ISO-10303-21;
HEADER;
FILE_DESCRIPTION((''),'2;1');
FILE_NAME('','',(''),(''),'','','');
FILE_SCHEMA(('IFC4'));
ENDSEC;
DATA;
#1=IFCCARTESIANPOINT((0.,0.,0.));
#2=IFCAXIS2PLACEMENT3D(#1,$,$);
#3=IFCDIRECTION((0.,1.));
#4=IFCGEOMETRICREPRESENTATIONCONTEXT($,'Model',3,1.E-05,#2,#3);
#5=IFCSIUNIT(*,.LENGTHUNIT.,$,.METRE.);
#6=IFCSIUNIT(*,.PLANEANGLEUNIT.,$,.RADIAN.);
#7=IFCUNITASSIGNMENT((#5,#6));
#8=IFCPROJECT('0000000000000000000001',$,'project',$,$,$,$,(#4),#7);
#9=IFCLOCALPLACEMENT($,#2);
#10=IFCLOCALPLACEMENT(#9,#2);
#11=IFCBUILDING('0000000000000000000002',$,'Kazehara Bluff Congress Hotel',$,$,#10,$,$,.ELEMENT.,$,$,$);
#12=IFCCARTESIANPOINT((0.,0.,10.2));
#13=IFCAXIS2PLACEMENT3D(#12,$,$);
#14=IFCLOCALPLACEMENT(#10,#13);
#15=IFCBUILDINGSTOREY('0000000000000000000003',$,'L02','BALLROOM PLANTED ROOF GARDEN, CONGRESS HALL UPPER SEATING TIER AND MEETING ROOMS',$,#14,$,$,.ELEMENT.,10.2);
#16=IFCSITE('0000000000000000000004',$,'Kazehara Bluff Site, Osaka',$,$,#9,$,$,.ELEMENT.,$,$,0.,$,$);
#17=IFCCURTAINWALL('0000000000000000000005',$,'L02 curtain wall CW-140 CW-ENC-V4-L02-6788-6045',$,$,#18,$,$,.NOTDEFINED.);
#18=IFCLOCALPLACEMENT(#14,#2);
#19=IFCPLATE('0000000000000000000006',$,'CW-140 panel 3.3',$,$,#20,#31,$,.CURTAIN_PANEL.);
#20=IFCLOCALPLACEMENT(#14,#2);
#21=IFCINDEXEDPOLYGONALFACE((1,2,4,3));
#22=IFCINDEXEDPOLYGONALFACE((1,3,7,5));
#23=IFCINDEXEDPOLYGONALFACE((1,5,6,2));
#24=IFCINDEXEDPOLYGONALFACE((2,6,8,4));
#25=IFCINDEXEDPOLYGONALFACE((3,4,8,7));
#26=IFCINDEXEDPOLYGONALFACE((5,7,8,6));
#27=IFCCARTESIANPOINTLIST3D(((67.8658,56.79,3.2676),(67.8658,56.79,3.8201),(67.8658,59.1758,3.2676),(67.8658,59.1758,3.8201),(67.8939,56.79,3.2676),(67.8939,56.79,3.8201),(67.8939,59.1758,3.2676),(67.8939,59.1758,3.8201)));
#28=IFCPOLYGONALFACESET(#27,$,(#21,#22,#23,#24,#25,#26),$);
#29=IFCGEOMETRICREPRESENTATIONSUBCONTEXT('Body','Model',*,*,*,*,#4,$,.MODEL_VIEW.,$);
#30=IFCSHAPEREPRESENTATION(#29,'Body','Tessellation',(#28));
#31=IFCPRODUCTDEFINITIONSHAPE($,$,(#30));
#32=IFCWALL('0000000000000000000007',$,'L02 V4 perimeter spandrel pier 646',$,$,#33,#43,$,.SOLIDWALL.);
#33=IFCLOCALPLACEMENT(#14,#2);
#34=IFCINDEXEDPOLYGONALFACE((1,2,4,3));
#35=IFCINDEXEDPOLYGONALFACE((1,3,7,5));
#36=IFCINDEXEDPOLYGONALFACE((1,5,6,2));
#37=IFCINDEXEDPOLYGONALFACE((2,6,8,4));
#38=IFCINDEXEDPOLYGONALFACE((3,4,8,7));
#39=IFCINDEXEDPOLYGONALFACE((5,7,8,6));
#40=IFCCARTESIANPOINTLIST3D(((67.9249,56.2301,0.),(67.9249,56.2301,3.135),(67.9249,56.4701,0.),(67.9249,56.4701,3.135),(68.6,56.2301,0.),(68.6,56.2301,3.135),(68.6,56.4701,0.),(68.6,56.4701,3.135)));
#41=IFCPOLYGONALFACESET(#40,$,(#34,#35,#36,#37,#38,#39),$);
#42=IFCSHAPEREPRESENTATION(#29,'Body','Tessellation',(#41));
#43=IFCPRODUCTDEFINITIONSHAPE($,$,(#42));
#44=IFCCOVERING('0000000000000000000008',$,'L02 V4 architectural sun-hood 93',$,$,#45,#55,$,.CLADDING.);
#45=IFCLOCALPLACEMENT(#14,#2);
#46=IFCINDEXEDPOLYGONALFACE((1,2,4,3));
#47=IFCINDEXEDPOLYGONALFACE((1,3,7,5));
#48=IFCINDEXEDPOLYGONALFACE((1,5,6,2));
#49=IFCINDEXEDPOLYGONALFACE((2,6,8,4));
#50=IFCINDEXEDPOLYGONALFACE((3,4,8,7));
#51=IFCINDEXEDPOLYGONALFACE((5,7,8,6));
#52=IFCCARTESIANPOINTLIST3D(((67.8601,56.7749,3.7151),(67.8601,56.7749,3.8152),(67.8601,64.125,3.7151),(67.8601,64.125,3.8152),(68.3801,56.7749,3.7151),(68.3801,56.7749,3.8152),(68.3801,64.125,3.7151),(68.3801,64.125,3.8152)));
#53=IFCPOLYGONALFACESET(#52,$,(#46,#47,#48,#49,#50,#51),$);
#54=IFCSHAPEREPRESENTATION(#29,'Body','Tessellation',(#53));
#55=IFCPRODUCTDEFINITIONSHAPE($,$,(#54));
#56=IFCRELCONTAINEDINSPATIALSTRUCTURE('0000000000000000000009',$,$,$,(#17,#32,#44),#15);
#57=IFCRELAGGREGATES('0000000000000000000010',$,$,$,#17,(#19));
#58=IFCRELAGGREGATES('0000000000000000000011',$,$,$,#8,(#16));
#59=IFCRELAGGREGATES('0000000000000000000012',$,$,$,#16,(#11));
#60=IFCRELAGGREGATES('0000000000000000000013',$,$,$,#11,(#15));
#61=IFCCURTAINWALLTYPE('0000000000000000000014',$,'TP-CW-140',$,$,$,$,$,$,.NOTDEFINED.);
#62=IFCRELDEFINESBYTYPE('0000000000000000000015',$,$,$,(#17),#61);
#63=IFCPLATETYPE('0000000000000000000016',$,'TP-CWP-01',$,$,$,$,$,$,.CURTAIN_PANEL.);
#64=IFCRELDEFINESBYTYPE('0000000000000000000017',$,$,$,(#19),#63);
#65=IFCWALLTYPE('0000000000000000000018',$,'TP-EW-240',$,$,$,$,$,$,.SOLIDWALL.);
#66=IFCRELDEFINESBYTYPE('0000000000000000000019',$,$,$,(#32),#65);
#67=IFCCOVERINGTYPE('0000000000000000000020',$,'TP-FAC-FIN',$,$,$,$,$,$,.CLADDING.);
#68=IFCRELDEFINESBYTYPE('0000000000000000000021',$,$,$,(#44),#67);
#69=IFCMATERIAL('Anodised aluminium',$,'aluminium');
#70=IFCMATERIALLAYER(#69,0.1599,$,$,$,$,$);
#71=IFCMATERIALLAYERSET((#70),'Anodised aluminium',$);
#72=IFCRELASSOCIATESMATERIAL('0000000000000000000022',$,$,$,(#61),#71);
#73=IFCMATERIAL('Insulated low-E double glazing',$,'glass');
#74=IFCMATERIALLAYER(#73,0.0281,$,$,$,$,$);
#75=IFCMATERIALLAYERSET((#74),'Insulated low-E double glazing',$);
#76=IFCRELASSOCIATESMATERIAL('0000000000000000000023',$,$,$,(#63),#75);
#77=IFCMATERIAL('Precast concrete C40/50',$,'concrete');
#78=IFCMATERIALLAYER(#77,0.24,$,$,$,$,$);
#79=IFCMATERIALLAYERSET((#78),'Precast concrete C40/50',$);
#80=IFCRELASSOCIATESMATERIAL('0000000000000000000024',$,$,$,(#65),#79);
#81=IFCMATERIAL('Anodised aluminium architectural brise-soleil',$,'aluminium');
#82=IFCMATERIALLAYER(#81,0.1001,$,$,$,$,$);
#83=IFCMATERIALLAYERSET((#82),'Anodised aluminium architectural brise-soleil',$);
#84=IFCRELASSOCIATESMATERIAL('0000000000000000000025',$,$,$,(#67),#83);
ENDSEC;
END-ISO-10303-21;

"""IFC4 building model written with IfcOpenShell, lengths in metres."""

from ifc_helpers import new_model, si_unit, direction, frame, frame_2d, origin, origin_2d, place, context, subcontext, project, spatial, rectangle, extrude, material, layer, layer_set, type_object, element, aggregate, save


model = new_model("IFC4")

# Units and contexts
model_context = context("Model", 3, precision=1e-05, world=origin(), true_north=direction((0.0, 1.0)))
body_context = subcontext(model_context, "Body", "Model", "MODEL_VIEW")
ifc_project = project(units=[si_unit("LENGTHUNIT", "METRE"), si_unit("PLANEANGLEUNIT", "RADIAN")], contexts=[model_context])

# Site, building, storey
site_placement = place(None, origin())
site = spatial("IfcSite", under=ifc_project, at=site_placement, Name="Kazehara Bluff Site, Osaka", CompositionType="ELEMENT", RefElevation=0.0)
building_placement = place(site_placement, origin())
building = spatial("IfcBuilding", under=site, at=building_placement, Name="Kazehara Bluff Congress Hotel", CompositionType="ELEMENT")
storey_placement = place(building_placement, frame((0.0, 0.0, 10.2)))
storey = spatial("IfcBuildingStorey", under=building, at=storey_placement, Name="L02", Description="BALLROOM PLANTED ROOF GARDEN, CONGRESS HALL UPPER SEATING TIER AND MEETING ROOMS", CompositionType="ELEMENT", Elevation=10.2)

# Curtain wall
ifc_material_1 = material(Name="Anodised aluminium", Category="aluminium")
ifc_layer_1 = layer(ifc_material_1, 0.1599)
ifc_layer_set_1 = layer_set([ifc_layer_1], Name="Anodised aluminium")
curtain_wall_type = type_object("IfcCurtainWallType", Name="TP-CW-140", PredefinedType="NOTDEFINED", material=ifc_layer_set_1)
curtain_wall_placement = place(storey_placement, origin())
curtain_wall = element("IfcCurtainWall", 1, at=curtain_wall_placement, inside=storey, type_object=curtain_wall_type, Name="L02 curtain wall CW-140 CW-ENC-V4-L02-6788-6045", PredefinedType="NOTDEFINED")

# Plate
ifc_material_2 = material(Name="Insulated low-E double glazing", Category="glass")
ifc_layer_2 = layer(ifc_material_2, 0.0281)
ifc_layer_set_2 = layer_set([ifc_layer_2], Name="Insulated low-E double glazing")
plate_type = type_object("IfcPlateType", Name="TP-CWP-01", PredefinedType="CURTAIN_PANEL", material=ifc_layer_set_2)
plate_1_placement = place(storey_placement, frame((67.8799, 57.9829, 3.2676), z_axis=(0.0, 0.0, 1.0), x_axis=(0.0, -1.0, 0.0)))
plate_1 = element("IfcPlate", 2, at=plate_1_placement, type_object=plate_type, Name="CW-140 panel 3.3", PredefinedType="CURTAIN_PANEL", context=body_context, shape_type="SweptSolid", body=[
    extrude(rectangle(XDim=2.3857, YDim=0.0281, at=origin_2d()), origin(), (0.0, 0.0, 1.0), 0.5525),
])
aggregate(curtain_wall, [plate_1])

# Wall
ifc_material_3 = material(Name="Precast concrete C40/50", Category="concrete")
ifc_layer_3 = layer(ifc_material_3, 0.24)
ifc_layer_set_3 = layer_set([ifc_layer_3], Name="Precast concrete C40/50")
wall_type = type_object("IfcWallType", Name="TP-EW-240", PredefinedType="SOLIDWALL", material=ifc_layer_set_3)
wall_placement = place(storey_placement, frame((67.925, 56.3501, 0.0), z_axis=(0.0, 0.0, 1.0), x_axis=(1.0, 0.0, 0.0)))
element("IfcWall", 3, at=wall_placement, inside=storey, type_object=wall_type, Name="L02 V4 perimeter spandrel pier 646", PredefinedType="SOLIDWALL", context=body_context, shape_type="SweptSolid", body=[
    extrude(rectangle(XDim=0.675, YDim=0.24, at=frame_2d((0.3374, 0.0))), origin(), (0.0, 0.0, 1.0), 3.135),
])

# Covering
ifc_material_4 = material(Name="Anodised aluminium architectural brise-soleil", Category="aluminium")
ifc_layer_4 = layer(ifc_material_4, 0.1001)
ifc_layer_set_4 = layer_set([ifc_layer_4], Name="Anodised aluminium architectural brise-soleil")
covering_type = type_object("IfcCoveringType", Name="TP-FAC-FIN", PredefinedType="CLADDING", material=ifc_layer_set_4)
covering_placement = place(storey_placement, frame((68.1201, 60.45, 3.7151), z_axis=(0.0, 0.0, 1.0), x_axis=(1.0, 0.0, 0.0)))
element("IfcCovering", 4, at=covering_placement, inside=storey, type_object=covering_type, Name="L02 V4 architectural sun-hood 93", PredefinedType="CLADDING", context=body_context, shape_type="SweptSolid", body=[
    extrude(rectangle(XDim=0.52, YDim=7.3501, at=origin_2d()), origin(), (0.0, 0.0, 1.0), 0.1001),
])

save(model, "model.ifc")
